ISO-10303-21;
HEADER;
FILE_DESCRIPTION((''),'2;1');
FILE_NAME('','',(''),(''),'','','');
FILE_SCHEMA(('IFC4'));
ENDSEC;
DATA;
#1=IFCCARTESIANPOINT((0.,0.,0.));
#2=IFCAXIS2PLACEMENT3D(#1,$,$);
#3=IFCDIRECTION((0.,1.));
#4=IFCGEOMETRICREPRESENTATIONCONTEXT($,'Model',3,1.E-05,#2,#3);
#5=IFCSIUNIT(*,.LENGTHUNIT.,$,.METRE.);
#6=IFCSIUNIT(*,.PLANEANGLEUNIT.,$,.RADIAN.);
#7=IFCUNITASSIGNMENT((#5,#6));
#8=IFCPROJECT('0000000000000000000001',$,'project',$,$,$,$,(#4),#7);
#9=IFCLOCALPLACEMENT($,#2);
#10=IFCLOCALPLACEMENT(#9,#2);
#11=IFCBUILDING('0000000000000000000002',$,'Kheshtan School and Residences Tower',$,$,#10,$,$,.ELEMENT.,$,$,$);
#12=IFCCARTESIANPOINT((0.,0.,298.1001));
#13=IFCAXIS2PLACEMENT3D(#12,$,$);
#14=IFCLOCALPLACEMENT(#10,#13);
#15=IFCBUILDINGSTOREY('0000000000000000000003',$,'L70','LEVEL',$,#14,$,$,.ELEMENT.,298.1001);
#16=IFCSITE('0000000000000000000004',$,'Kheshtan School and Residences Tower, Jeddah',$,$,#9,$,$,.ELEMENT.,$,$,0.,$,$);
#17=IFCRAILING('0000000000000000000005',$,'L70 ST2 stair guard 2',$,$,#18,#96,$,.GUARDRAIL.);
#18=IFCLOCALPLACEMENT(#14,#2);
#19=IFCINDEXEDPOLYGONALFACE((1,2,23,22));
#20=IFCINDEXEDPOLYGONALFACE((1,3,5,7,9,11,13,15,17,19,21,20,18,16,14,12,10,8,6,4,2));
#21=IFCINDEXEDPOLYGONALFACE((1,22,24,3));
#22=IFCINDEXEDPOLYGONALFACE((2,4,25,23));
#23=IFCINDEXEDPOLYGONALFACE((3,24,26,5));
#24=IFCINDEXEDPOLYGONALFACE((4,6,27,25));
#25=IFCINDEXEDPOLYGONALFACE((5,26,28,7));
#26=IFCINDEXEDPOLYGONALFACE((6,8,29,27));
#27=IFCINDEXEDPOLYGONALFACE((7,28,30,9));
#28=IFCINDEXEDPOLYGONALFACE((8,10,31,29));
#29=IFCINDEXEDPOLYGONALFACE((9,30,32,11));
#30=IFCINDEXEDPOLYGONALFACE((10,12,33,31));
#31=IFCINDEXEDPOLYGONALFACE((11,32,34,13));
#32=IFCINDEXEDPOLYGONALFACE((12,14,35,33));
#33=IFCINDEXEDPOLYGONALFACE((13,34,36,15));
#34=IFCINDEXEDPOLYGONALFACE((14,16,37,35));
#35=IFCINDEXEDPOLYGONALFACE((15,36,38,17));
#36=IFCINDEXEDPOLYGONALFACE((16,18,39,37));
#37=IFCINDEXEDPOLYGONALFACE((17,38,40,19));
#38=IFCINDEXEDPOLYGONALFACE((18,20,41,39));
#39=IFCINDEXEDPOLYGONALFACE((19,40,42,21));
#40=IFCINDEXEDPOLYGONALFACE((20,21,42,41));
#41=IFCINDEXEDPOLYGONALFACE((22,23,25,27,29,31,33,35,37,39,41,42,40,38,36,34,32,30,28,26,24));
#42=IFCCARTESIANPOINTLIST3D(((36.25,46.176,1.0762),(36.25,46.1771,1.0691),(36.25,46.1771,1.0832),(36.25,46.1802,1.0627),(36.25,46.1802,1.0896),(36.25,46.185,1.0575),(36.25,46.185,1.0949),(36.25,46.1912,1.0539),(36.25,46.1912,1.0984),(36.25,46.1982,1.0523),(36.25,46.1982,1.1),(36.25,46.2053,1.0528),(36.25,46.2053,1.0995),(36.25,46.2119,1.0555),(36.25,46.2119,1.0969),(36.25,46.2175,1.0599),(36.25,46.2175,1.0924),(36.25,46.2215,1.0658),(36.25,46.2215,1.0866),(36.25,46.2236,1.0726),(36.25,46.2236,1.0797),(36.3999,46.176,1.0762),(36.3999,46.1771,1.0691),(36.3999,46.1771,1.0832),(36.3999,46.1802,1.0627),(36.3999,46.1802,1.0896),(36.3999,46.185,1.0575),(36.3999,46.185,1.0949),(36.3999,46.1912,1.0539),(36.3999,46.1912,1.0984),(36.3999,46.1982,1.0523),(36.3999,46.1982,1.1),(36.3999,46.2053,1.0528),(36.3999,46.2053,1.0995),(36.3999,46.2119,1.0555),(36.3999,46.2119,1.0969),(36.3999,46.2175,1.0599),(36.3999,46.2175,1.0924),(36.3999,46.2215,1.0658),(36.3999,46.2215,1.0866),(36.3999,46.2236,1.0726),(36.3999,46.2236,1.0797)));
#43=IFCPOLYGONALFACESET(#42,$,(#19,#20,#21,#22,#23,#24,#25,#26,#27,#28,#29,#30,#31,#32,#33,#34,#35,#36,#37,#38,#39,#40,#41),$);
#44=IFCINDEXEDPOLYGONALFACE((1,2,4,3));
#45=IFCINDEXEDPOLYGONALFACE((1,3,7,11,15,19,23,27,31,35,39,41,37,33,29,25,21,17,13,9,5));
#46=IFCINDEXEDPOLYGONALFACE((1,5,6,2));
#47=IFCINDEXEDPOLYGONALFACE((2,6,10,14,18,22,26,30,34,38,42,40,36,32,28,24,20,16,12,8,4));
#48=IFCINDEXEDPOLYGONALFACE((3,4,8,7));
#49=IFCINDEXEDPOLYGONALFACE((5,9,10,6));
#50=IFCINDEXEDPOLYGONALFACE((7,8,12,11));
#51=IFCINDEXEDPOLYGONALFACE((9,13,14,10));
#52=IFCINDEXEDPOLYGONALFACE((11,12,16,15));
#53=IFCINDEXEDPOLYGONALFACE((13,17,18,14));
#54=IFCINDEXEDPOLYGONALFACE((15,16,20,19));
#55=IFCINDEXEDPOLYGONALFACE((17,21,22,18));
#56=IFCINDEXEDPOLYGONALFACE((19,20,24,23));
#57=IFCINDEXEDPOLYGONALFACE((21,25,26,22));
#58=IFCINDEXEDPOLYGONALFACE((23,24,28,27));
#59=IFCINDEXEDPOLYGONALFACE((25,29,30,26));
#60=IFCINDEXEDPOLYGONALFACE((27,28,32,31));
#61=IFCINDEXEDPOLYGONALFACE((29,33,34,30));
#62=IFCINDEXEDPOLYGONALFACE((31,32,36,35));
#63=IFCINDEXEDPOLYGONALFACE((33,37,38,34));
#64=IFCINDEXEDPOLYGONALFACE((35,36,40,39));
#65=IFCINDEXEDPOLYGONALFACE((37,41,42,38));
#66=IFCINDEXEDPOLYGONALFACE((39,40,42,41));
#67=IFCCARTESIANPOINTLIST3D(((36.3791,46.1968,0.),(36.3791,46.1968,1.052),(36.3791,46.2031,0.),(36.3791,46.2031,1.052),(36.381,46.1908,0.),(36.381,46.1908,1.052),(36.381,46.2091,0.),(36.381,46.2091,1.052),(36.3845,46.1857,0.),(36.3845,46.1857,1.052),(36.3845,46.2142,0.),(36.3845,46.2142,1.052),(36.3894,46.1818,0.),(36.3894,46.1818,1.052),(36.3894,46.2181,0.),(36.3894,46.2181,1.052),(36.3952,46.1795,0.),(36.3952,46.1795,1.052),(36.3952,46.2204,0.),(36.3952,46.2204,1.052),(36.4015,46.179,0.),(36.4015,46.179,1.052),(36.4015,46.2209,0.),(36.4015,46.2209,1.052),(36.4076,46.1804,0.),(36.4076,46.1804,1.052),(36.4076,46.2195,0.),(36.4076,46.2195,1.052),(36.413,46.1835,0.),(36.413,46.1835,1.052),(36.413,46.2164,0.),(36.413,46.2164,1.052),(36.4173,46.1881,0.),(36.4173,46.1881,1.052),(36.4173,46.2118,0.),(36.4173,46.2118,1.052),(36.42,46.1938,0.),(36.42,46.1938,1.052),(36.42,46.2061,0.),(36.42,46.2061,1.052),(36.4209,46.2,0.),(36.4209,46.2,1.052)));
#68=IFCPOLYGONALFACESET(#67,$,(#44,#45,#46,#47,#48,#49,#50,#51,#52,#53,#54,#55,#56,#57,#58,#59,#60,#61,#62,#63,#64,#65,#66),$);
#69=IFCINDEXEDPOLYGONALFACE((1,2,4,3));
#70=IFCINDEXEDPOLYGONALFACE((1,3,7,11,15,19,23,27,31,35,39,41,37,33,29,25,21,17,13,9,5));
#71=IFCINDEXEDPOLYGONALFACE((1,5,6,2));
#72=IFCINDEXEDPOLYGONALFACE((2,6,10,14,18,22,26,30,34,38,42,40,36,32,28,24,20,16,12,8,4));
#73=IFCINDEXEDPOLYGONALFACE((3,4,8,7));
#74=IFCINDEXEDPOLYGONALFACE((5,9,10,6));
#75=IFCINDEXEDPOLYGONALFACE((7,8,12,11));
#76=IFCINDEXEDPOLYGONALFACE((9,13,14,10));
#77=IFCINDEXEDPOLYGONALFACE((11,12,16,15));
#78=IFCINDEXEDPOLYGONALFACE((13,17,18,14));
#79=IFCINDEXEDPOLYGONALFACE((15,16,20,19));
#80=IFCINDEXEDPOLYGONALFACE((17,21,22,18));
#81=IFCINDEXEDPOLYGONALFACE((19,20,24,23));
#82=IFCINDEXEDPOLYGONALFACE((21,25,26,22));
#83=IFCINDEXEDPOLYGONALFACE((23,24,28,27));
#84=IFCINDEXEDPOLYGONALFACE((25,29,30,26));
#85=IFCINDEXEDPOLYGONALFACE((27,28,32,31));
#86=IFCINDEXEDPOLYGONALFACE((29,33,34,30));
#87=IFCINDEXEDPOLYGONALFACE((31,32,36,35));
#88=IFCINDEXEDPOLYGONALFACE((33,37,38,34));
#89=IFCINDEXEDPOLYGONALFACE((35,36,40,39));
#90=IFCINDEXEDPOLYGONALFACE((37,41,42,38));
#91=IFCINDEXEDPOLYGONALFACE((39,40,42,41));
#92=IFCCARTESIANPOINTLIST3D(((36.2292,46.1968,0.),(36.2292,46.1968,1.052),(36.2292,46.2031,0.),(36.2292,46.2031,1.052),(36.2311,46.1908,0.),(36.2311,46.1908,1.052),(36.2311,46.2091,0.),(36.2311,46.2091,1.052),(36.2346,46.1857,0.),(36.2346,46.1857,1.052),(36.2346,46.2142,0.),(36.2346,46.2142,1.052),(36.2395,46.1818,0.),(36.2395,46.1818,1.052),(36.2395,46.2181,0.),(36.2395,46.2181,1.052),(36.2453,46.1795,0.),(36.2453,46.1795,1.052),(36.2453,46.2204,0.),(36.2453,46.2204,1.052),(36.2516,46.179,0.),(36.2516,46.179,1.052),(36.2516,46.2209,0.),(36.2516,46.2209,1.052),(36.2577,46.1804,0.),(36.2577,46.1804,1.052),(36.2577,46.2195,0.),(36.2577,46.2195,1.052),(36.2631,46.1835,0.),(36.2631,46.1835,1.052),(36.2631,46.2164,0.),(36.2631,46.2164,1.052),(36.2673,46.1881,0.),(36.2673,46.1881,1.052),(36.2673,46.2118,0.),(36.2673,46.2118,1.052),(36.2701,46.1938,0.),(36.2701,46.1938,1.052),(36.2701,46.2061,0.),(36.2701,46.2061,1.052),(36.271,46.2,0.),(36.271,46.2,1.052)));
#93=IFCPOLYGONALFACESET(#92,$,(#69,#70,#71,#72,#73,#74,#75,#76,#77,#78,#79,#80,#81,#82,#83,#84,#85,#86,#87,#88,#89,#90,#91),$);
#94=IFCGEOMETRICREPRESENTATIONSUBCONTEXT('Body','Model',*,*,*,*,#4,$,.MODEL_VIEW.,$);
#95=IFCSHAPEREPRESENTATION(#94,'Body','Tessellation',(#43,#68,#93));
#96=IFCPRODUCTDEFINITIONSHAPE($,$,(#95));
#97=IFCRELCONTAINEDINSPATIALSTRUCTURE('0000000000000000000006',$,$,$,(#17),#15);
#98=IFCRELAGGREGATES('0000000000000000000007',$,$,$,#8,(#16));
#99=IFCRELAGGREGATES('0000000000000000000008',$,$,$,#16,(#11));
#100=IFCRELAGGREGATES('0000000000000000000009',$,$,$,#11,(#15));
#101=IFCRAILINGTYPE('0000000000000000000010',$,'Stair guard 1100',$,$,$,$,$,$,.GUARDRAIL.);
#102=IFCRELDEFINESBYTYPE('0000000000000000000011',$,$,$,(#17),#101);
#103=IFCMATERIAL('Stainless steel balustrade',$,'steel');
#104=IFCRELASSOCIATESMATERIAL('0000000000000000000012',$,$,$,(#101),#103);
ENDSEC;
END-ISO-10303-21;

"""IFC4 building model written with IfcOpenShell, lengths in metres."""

from ifc_helpers import new_model, si_unit, direction, frame, origin, origin_2d, place, context, subcontext, project, spatial, circle, extrude, material, type_object, element, save


model = new_model("IFC4")

# Units and contexts
model_context = context("Model", 3, precision=1e-05, world=origin(), true_north=direction((0.0, 1.0)))
body_context = subcontext(model_context, "Body", "Model", "MODEL_VIEW")
ifc_project = project(units=[si_unit("LENGTHUNIT", "METRE"), si_unit("PLANEANGLEUNIT", "RADIAN")], contexts=[model_context])

# Site, building, storey
site_placement = place(None, origin())
site = spatial("IfcSite", under=ifc_project, at=site_placement, Name="Kheshtan School and Residences Tower, Jeddah", CompositionType="ELEMENT", RefElevation=0.0)
building_placement = place(site_placement, origin())
building = spatial("IfcBuilding", under=site, at=building_placement, Name="Kheshtan School and Residences Tower", CompositionType="ELEMENT")
storey_placement = place(building_placement, frame((0.0, 0.0, 298.1001)))
storey = spatial("IfcBuildingStorey", under=building, at=storey_placement, Name="L70", Description="LEVEL", CompositionType="ELEMENT", Elevation=298.1001)

# Railing
ifc_material_1 = material(Name="Stainless steel balustrade", Category="steel")
railing_type_1 = type_object("IfcRailingType", Name="Stair guard 1100", PredefinedType="GUARDRAIL", material=ifc_material_1)
railing_1_placement = place(storey_placement, frame((36.3999, 46.2, 0.0)))
element("IfcRailing", 1, at=railing_1_placement, inside=storey, type_object=railing_type_1, Name="L70 ST2 stair guard 2", PredefinedType="GUARDRAIL", context=body_context, shape_type="SweptSolid", body=[
    extrude(circle(Radius=0.0239, at=origin_2d()), frame((0.0, 0.0, 1.0762), z_axis=(-1.0, 0.0, 0.0), x_axis=(0.0, -1.0, 0.0)), (0.0, 0.0, 1.0), 0.1499),
    extrude(circle(Radius=0.021, at=origin_2d()), origin(), (0.0, 0.0, 1.0), 1.052),
    extrude(circle(Radius=0.021, at=origin_2d()), frame((-0.1499, 0.0, 0.0)), (0.0, 0.0, 1.0), 1.052),
])

save(model, "model.ifc")
